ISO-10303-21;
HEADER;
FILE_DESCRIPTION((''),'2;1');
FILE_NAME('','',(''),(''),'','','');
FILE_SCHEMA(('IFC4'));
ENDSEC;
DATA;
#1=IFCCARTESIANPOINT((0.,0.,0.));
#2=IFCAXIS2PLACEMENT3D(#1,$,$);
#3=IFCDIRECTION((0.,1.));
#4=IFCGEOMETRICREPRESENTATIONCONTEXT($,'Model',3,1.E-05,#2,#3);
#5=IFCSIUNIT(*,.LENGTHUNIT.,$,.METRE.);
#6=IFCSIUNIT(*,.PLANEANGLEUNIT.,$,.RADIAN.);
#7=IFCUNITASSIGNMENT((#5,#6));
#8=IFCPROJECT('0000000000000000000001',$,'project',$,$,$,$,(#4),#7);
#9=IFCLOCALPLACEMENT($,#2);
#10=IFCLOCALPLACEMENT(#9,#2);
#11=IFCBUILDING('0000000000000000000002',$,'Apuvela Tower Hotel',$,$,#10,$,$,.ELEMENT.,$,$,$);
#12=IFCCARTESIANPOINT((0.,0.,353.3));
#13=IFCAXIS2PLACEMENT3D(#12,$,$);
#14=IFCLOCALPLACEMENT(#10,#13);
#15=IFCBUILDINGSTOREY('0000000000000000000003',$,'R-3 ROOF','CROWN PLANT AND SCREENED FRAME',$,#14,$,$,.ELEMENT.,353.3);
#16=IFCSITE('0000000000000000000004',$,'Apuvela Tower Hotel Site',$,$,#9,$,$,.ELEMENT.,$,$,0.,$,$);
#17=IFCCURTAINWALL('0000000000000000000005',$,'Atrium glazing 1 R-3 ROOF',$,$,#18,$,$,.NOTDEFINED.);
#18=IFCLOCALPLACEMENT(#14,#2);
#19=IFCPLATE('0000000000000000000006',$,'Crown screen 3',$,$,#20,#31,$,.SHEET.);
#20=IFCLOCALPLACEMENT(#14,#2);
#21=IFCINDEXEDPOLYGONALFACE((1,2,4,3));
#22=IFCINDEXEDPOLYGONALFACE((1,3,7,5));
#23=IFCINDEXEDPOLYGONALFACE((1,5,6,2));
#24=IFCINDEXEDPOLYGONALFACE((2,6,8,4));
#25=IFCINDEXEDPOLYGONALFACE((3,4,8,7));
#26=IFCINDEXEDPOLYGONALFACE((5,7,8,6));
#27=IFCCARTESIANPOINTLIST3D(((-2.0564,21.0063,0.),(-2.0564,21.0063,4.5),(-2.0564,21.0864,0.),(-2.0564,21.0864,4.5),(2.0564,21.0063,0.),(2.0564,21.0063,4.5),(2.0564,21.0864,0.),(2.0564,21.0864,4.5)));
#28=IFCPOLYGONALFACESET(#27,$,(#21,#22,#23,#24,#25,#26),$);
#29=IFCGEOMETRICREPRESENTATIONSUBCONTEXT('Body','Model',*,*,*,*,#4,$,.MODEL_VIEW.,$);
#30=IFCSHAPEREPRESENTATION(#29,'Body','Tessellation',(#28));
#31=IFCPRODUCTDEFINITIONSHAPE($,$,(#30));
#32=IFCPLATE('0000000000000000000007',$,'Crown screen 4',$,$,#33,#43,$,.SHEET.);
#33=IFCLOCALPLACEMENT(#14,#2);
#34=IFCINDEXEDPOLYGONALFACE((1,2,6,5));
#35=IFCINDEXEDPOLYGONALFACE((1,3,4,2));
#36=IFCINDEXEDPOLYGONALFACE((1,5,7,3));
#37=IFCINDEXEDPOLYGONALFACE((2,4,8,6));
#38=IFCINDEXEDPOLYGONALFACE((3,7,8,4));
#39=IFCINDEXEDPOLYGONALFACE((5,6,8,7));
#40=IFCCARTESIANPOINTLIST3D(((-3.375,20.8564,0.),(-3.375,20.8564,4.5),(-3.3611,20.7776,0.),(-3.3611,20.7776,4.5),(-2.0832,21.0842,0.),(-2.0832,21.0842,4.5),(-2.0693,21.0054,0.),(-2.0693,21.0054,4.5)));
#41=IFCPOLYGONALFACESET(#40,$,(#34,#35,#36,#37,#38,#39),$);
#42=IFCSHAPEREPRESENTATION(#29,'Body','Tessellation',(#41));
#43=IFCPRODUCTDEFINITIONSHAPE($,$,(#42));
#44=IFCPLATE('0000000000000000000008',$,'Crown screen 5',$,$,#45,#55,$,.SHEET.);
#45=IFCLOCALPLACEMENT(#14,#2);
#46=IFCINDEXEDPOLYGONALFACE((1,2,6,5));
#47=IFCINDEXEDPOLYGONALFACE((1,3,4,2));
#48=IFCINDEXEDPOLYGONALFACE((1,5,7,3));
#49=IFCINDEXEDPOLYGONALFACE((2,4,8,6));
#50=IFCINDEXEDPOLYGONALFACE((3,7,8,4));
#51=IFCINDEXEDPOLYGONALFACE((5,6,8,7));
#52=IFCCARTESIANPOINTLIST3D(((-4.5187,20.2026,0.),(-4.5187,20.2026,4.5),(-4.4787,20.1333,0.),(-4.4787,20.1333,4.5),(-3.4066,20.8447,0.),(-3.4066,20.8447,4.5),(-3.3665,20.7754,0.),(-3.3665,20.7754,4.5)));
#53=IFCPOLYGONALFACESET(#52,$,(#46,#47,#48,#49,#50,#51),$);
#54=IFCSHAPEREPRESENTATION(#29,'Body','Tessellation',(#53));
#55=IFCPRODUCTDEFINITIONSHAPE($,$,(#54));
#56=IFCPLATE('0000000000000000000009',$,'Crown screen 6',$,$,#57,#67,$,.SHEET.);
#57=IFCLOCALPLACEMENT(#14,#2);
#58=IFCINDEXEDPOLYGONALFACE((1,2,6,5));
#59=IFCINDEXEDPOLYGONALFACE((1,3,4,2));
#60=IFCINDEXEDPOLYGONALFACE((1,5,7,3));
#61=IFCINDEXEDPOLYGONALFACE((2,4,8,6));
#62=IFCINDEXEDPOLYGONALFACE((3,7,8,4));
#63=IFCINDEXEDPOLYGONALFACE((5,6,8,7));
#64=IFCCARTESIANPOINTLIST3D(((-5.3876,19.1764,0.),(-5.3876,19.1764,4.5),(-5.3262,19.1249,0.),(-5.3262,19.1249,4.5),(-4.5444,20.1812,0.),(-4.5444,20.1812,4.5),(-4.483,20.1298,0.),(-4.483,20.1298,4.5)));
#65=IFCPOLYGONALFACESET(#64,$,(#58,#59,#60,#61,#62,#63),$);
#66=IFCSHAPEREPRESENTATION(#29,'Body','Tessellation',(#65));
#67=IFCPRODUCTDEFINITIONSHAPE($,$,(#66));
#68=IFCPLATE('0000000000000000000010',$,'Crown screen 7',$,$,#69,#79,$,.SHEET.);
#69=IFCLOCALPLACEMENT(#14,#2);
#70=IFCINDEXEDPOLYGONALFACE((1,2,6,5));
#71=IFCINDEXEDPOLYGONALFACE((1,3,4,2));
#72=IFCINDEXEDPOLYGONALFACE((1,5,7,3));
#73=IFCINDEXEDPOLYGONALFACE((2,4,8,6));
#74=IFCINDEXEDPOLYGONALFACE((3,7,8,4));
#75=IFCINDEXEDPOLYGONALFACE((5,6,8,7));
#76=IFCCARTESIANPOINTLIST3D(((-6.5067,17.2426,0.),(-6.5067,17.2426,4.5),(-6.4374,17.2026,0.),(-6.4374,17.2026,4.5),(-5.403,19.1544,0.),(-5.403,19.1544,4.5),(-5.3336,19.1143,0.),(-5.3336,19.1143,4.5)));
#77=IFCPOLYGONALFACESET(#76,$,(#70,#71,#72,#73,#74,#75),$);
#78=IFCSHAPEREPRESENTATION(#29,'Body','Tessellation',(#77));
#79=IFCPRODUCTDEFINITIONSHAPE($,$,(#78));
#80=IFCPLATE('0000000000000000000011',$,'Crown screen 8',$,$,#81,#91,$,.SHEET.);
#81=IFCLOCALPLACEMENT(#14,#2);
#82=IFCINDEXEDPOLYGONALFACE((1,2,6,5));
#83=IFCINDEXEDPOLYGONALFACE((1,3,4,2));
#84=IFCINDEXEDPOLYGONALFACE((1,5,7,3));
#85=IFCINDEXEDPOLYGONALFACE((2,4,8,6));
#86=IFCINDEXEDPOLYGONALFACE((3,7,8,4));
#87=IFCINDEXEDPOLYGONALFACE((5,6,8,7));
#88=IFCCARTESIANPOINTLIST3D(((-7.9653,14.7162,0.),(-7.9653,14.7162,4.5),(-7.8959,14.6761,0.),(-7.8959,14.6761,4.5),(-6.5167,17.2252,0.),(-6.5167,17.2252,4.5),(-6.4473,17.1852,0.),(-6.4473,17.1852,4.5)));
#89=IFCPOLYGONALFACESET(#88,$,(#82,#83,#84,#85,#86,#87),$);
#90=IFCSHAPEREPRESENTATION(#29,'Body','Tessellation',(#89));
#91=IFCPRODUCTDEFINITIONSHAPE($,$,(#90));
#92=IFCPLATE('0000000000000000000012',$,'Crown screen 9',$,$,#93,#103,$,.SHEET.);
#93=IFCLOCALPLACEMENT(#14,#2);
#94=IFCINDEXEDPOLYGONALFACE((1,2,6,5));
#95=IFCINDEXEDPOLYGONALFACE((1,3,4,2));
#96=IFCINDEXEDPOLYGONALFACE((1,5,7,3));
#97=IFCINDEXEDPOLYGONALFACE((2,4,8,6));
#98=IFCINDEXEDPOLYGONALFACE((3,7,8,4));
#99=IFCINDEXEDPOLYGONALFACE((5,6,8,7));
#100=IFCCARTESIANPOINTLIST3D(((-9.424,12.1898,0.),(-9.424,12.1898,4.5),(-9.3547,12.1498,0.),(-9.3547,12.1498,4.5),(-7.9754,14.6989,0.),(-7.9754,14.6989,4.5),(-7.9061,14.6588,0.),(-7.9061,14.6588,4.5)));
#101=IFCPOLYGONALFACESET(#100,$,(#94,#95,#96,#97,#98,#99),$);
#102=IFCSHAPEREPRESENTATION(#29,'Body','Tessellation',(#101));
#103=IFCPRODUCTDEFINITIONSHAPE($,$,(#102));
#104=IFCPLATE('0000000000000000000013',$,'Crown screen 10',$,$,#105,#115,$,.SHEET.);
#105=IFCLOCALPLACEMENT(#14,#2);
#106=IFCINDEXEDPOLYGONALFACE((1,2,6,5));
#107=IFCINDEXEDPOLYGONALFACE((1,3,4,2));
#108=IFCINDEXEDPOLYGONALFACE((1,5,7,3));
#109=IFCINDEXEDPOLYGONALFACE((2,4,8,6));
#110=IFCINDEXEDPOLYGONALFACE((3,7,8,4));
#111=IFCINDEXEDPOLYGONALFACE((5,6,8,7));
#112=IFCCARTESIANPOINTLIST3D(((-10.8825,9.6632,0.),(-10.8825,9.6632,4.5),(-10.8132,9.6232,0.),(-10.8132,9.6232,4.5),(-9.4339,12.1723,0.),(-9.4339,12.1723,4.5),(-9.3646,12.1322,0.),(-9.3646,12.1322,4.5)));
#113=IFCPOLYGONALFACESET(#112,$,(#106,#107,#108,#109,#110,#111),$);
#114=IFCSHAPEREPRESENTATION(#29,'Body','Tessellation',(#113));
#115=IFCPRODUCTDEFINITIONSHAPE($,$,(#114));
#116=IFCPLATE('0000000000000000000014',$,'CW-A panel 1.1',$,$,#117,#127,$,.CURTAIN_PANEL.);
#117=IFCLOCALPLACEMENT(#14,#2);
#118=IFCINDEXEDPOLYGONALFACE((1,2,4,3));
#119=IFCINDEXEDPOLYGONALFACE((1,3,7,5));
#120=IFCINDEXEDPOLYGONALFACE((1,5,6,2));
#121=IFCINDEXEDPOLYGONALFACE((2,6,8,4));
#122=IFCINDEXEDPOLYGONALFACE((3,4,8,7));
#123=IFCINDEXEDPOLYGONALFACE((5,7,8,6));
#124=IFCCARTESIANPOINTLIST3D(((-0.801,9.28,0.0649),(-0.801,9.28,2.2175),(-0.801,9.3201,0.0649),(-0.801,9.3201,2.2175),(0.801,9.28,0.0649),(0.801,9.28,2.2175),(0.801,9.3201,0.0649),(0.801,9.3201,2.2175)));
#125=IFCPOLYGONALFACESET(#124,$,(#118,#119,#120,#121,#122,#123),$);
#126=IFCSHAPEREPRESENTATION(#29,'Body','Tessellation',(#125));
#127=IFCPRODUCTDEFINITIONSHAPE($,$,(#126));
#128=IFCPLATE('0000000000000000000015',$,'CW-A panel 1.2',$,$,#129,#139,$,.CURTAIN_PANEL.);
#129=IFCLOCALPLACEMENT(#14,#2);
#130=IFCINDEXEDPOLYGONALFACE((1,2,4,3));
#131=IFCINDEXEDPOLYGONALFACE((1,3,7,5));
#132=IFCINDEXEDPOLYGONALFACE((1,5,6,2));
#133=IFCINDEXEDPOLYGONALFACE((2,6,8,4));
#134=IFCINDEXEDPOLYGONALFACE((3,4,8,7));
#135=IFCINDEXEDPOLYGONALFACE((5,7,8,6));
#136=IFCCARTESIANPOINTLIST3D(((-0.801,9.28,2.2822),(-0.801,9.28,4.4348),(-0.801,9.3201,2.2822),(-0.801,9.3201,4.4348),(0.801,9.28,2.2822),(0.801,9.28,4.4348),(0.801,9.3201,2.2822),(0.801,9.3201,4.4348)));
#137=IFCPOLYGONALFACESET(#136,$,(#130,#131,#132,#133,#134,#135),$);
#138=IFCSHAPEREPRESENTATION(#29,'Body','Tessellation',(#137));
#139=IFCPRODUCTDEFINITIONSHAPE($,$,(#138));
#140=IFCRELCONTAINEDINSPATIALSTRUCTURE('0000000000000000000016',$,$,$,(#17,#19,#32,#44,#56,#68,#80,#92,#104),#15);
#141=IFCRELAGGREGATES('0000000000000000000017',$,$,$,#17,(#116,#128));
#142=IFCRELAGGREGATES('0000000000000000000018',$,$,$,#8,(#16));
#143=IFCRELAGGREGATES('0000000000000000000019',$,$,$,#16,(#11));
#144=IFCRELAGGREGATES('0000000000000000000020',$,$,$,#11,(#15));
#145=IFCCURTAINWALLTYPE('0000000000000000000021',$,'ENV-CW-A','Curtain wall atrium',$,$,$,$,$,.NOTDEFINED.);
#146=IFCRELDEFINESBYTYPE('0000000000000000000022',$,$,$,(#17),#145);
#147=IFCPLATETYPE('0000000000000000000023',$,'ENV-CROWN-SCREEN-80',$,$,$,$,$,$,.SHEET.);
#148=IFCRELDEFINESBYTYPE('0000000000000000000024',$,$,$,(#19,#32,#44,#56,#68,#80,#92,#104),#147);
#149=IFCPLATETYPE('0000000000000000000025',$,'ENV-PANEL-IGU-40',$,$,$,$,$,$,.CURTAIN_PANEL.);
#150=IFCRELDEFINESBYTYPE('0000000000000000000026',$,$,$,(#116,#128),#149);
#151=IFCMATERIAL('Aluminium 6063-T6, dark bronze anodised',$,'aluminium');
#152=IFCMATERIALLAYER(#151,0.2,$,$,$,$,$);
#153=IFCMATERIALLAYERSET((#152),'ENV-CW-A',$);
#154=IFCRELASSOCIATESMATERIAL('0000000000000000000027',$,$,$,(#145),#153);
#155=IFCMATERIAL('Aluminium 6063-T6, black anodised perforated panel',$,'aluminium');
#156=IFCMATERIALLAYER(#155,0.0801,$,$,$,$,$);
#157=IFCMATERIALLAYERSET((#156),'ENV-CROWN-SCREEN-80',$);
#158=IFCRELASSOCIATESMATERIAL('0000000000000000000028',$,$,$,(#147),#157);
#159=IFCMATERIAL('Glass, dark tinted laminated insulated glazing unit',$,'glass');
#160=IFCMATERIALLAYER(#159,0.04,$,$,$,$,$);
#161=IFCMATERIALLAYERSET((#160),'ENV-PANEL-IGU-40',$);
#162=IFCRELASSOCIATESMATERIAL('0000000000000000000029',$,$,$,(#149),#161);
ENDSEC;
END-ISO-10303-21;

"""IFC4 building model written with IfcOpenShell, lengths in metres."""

from ifc_helpers import new_model, si_unit, direction, frame, origin, origin_2d, place, context, subcontext, project, spatial, rectangle, extrude, material, layer, layer_set, type_object, element, aggregate, save


model = new_model("IFC4")

# Units and contexts
model_context = context("Model", 3, precision=1e-05, world=origin(), true_north=direction((0.0, 1.0)))
body_context = subcontext(model_context, "Body", "Model", "MODEL_VIEW")
ifc_project = project(units=[si_unit("LENGTHUNIT", "METRE"), si_unit("PLANEANGLEUNIT", "RADIAN")], contexts=[model_context])

# Site, building, storey
site_placement = place(None, origin())
site = spatial("IfcSite", under=ifc_project, at=site_placement, Name="Apuvela Tower Hotel Site", CompositionType="ELEMENT", RefElevation=0.0)
building_placement = place(site_placement, origin())
building = spatial("IfcBuilding", under=site, at=building_placement, Name="Apuvela Tower Hotel", CompositionType="ELEMENT")
storey_placement = place(building_placement, frame((0.0, 0.0, 353.3)))
storey = spatial("IfcBuildingStorey", under=building, at=storey_placement, Name="R-3 ROOF", Description="CROWN PLANT AND SCREENED FRAME", CompositionType="ELEMENT", Elevation=353.3)

# Curtain wall
ifc_material_1 = material(Name="Aluminium 6063-T6, dark bronze anodised", Category="aluminium")
ifc_layer_1 = layer(ifc_material_1, 0.2)
ifc_layer_set_1 = layer_set([ifc_layer_1], Name="ENV-CW-A")
curtain_wall_type = type_object("IfcCurtainWallType", Name="ENV-CW-A", Description="Curtain wall atrium", PredefinedType="NOTDEFINED", material=ifc_layer_set_1)
curtain_wall_1_placement = place(storey_placement, origin())
curtain_wall_1 = element("IfcCurtainWall", 1, at=curtain_wall_1_placement, inside=storey, type_object=curtain_wall_type, Name="Atrium glazing 1 R-3 ROOF", PredefinedType="NOTDEFINED")

# Plates
ifc_material_2 = material(Name="Aluminium 6063-T6, black anodised perforated panel", Category="aluminium")
ifc_layer_2 = layer(ifc_material_2, 0.0801)
ifc_layer_set_2 = layer_set([ifc_layer_2], Name="ENV-CROWN-SCREEN-80")
plate_type_1 = type_object("IfcPlateType", Name="ENV-CROWN-SCREEN-80", PredefinedType="SHEET", material=ifc_layer_set_2)
plate_1_placement = place(storey_placement, frame((0.0, 21.0464, 0.0), z_axis=(0.0, 0.0, 1.0), x_axis=(-1.0, 0.0, 0.0)))
element("IfcPlate", 2, at=plate_1_placement, inside=storey, type_object=plate_type_1, Name="Crown screen 3", PredefinedType="SHEET", context=body_context, shape_type="SweptSolid", body=[
    extrude(rectangle(XDim=4.1128, YDim=0.0801, at=origin_2d()), origin(), (0.0, 0.0, 1.0), 4.5),
])
plate_2_placement = place(storey_placement, frame((-2.7222, 20.9309, 0.0), z_axis=(0.0, 0.0, 1.0), x_axis=(-0.984808, -0.173648, 0.0)))
element("IfcPlate", 3, at=plate_2_placement, inside=storey, type_object=plate_type_1, Name="Crown screen 4", PredefinedType="SHEET", context=body_context, shape_type="SweptSolid", body=[
    extrude(rectangle(XDim=1.3118, YDim=0.0801, at=origin_2d()), origin(), (0.0, 0.0, 1.0), 4.5),
])
plate_3_placement = place(storey_placement, frame((-3.9426, 20.489, 0.0), z_axis=(0.0, 0.0, 1.0), x_axis=(-0.866025, -0.5, 0.0)))
element("IfcPlate", 4, at=plate_3_placement, inside=storey, type_object=plate_type_1, Name="Crown screen 5", PredefinedType="SHEET", context=body_context, shape_type="SweptSolid", body=[
    extrude(rectangle(XDim=1.2842, YDim=0.0801, at=origin_2d()), origin(), (0.0, 0.0, 1.0), 4.5),
])
plate_4_placement = place(storey_placement, frame((-4.9353, 19.6531, 0.0), z_axis=(0.0, 0.0, 1.0), x_axis=(-0.642788, -0.766044, 0.0)))
element("IfcPlate", 5, at=plate_4_placement, inside=storey, type_object=plate_type_1, Name="Crown screen 6", PredefinedType="SHEET", context=body_context, shape_type="SweptSolid", body=[
    extrude(rectangle(XDim=1.3118, YDim=0.0801, at=origin_2d()), origin(), (0.0, 0.0, 1.0), 4.5),
])
plate_5_placement = place(storey_placement, frame((-5.9202, 18.1785, 0.0), z_axis=(0.0, 0.0, 1.0), x_axis=(-0.5, -0.866025, 0.0)))
element("IfcPlate", 6, at=plate_5_placement, inside=storey, type_object=plate_type_1, Name="Crown screen 7", PredefinedType="SHEET", context=body_context, shape_type="SweptSolid", body=[
    extrude(rectangle(XDim=2.2075, YDim=0.0801, at=origin_2d()), origin(), (0.0, 0.0, 1.0), 4.5),
])
for number, where, z_axis, x_axis, name in (
    (7, (-7.2063, 15.9507, 0.0), (0.0, 0.0, 1.0), (-0.5, -0.866025, 0.0), "Crown screen 8"),
    (8, (-8.665, 13.4243, 0.0), (0.0, 0.0, 1.0), (-0.5, -0.866025, 0.0), "Crown screen 9"),
    (9, (-10.1235, 10.8977, 0.0), (0.0, 0.0, 1.0), (-0.5, -0.866025, 0.0), "Crown screen 10"),
):
    element("IfcPlate", number, at=place(storey_placement, frame(where, z_axis=z_axis, x_axis=x_axis)), inside=storey, type_object=plate_type_1, Name=name, PredefinedType="SHEET", context=body_context, shape_type="SweptSolid", body=[
        extrude(rectangle(XDim=2.8972, YDim=0.0801, at=origin_2d()), origin(), (0.0, 0.0, 1.0), 4.5),
    ])

# Plates
ifc_material_3 = material(Name="Glass, dark tinted laminated insulated glazing unit", Category="glass")
ifc_layer_3 = layer(ifc_material_3, 0.04)
ifc_layer_set_3 = layer_set([ifc_layer_3], Name="ENV-PANEL-IGU-40")
plate_type_2 = type_object("IfcPlateType", Name="ENV-PANEL-IGU-40", PredefinedType="CURTAIN_PANEL", material=ifc_layer_set_3)
plate_6_placement = place(storey_placement, frame((0.0, 9.3, 0.0649), z_axis=(0.0, 0.0, 1.0), x_axis=(-1.0, 0.0, 0.0)))
plate_6 = element("IfcPlate", 10, at=plate_6_placement, type_object=plate_type_2, Name="CW-A panel 1.1", PredefinedType="CURTAIN_PANEL", context=body_context, shape_type="SweptSolid", body=[
    extrude(rectangle(XDim=1.6021, YDim=0.04, at=origin_2d()), origin(), (0.0, 0.0, 1.0), 2.1526),
])
plate_7_placement = place(storey_placement, frame((0.0, 9.3, 2.2822), z_axis=(0.0, 0.0, 1.0), x_axis=(-1.0, 0.0, 0.0)))
plate_7 = element("IfcPlate", 11, at=plate_7_placement, type_object=plate_type_2, Name="CW-A panel 1.2", PredefinedType="CURTAIN_PANEL", context=body_context, shape_type="SweptSolid", body=[
    extrude(rectangle(XDim=1.6021, YDim=0.04, at=origin_2d()), origin(), (0.0, 0.0, 1.0), 2.1526),
])
aggregate(curtain_wall_1, [plate_6, plate_7])

save(model, "model.ifc")
